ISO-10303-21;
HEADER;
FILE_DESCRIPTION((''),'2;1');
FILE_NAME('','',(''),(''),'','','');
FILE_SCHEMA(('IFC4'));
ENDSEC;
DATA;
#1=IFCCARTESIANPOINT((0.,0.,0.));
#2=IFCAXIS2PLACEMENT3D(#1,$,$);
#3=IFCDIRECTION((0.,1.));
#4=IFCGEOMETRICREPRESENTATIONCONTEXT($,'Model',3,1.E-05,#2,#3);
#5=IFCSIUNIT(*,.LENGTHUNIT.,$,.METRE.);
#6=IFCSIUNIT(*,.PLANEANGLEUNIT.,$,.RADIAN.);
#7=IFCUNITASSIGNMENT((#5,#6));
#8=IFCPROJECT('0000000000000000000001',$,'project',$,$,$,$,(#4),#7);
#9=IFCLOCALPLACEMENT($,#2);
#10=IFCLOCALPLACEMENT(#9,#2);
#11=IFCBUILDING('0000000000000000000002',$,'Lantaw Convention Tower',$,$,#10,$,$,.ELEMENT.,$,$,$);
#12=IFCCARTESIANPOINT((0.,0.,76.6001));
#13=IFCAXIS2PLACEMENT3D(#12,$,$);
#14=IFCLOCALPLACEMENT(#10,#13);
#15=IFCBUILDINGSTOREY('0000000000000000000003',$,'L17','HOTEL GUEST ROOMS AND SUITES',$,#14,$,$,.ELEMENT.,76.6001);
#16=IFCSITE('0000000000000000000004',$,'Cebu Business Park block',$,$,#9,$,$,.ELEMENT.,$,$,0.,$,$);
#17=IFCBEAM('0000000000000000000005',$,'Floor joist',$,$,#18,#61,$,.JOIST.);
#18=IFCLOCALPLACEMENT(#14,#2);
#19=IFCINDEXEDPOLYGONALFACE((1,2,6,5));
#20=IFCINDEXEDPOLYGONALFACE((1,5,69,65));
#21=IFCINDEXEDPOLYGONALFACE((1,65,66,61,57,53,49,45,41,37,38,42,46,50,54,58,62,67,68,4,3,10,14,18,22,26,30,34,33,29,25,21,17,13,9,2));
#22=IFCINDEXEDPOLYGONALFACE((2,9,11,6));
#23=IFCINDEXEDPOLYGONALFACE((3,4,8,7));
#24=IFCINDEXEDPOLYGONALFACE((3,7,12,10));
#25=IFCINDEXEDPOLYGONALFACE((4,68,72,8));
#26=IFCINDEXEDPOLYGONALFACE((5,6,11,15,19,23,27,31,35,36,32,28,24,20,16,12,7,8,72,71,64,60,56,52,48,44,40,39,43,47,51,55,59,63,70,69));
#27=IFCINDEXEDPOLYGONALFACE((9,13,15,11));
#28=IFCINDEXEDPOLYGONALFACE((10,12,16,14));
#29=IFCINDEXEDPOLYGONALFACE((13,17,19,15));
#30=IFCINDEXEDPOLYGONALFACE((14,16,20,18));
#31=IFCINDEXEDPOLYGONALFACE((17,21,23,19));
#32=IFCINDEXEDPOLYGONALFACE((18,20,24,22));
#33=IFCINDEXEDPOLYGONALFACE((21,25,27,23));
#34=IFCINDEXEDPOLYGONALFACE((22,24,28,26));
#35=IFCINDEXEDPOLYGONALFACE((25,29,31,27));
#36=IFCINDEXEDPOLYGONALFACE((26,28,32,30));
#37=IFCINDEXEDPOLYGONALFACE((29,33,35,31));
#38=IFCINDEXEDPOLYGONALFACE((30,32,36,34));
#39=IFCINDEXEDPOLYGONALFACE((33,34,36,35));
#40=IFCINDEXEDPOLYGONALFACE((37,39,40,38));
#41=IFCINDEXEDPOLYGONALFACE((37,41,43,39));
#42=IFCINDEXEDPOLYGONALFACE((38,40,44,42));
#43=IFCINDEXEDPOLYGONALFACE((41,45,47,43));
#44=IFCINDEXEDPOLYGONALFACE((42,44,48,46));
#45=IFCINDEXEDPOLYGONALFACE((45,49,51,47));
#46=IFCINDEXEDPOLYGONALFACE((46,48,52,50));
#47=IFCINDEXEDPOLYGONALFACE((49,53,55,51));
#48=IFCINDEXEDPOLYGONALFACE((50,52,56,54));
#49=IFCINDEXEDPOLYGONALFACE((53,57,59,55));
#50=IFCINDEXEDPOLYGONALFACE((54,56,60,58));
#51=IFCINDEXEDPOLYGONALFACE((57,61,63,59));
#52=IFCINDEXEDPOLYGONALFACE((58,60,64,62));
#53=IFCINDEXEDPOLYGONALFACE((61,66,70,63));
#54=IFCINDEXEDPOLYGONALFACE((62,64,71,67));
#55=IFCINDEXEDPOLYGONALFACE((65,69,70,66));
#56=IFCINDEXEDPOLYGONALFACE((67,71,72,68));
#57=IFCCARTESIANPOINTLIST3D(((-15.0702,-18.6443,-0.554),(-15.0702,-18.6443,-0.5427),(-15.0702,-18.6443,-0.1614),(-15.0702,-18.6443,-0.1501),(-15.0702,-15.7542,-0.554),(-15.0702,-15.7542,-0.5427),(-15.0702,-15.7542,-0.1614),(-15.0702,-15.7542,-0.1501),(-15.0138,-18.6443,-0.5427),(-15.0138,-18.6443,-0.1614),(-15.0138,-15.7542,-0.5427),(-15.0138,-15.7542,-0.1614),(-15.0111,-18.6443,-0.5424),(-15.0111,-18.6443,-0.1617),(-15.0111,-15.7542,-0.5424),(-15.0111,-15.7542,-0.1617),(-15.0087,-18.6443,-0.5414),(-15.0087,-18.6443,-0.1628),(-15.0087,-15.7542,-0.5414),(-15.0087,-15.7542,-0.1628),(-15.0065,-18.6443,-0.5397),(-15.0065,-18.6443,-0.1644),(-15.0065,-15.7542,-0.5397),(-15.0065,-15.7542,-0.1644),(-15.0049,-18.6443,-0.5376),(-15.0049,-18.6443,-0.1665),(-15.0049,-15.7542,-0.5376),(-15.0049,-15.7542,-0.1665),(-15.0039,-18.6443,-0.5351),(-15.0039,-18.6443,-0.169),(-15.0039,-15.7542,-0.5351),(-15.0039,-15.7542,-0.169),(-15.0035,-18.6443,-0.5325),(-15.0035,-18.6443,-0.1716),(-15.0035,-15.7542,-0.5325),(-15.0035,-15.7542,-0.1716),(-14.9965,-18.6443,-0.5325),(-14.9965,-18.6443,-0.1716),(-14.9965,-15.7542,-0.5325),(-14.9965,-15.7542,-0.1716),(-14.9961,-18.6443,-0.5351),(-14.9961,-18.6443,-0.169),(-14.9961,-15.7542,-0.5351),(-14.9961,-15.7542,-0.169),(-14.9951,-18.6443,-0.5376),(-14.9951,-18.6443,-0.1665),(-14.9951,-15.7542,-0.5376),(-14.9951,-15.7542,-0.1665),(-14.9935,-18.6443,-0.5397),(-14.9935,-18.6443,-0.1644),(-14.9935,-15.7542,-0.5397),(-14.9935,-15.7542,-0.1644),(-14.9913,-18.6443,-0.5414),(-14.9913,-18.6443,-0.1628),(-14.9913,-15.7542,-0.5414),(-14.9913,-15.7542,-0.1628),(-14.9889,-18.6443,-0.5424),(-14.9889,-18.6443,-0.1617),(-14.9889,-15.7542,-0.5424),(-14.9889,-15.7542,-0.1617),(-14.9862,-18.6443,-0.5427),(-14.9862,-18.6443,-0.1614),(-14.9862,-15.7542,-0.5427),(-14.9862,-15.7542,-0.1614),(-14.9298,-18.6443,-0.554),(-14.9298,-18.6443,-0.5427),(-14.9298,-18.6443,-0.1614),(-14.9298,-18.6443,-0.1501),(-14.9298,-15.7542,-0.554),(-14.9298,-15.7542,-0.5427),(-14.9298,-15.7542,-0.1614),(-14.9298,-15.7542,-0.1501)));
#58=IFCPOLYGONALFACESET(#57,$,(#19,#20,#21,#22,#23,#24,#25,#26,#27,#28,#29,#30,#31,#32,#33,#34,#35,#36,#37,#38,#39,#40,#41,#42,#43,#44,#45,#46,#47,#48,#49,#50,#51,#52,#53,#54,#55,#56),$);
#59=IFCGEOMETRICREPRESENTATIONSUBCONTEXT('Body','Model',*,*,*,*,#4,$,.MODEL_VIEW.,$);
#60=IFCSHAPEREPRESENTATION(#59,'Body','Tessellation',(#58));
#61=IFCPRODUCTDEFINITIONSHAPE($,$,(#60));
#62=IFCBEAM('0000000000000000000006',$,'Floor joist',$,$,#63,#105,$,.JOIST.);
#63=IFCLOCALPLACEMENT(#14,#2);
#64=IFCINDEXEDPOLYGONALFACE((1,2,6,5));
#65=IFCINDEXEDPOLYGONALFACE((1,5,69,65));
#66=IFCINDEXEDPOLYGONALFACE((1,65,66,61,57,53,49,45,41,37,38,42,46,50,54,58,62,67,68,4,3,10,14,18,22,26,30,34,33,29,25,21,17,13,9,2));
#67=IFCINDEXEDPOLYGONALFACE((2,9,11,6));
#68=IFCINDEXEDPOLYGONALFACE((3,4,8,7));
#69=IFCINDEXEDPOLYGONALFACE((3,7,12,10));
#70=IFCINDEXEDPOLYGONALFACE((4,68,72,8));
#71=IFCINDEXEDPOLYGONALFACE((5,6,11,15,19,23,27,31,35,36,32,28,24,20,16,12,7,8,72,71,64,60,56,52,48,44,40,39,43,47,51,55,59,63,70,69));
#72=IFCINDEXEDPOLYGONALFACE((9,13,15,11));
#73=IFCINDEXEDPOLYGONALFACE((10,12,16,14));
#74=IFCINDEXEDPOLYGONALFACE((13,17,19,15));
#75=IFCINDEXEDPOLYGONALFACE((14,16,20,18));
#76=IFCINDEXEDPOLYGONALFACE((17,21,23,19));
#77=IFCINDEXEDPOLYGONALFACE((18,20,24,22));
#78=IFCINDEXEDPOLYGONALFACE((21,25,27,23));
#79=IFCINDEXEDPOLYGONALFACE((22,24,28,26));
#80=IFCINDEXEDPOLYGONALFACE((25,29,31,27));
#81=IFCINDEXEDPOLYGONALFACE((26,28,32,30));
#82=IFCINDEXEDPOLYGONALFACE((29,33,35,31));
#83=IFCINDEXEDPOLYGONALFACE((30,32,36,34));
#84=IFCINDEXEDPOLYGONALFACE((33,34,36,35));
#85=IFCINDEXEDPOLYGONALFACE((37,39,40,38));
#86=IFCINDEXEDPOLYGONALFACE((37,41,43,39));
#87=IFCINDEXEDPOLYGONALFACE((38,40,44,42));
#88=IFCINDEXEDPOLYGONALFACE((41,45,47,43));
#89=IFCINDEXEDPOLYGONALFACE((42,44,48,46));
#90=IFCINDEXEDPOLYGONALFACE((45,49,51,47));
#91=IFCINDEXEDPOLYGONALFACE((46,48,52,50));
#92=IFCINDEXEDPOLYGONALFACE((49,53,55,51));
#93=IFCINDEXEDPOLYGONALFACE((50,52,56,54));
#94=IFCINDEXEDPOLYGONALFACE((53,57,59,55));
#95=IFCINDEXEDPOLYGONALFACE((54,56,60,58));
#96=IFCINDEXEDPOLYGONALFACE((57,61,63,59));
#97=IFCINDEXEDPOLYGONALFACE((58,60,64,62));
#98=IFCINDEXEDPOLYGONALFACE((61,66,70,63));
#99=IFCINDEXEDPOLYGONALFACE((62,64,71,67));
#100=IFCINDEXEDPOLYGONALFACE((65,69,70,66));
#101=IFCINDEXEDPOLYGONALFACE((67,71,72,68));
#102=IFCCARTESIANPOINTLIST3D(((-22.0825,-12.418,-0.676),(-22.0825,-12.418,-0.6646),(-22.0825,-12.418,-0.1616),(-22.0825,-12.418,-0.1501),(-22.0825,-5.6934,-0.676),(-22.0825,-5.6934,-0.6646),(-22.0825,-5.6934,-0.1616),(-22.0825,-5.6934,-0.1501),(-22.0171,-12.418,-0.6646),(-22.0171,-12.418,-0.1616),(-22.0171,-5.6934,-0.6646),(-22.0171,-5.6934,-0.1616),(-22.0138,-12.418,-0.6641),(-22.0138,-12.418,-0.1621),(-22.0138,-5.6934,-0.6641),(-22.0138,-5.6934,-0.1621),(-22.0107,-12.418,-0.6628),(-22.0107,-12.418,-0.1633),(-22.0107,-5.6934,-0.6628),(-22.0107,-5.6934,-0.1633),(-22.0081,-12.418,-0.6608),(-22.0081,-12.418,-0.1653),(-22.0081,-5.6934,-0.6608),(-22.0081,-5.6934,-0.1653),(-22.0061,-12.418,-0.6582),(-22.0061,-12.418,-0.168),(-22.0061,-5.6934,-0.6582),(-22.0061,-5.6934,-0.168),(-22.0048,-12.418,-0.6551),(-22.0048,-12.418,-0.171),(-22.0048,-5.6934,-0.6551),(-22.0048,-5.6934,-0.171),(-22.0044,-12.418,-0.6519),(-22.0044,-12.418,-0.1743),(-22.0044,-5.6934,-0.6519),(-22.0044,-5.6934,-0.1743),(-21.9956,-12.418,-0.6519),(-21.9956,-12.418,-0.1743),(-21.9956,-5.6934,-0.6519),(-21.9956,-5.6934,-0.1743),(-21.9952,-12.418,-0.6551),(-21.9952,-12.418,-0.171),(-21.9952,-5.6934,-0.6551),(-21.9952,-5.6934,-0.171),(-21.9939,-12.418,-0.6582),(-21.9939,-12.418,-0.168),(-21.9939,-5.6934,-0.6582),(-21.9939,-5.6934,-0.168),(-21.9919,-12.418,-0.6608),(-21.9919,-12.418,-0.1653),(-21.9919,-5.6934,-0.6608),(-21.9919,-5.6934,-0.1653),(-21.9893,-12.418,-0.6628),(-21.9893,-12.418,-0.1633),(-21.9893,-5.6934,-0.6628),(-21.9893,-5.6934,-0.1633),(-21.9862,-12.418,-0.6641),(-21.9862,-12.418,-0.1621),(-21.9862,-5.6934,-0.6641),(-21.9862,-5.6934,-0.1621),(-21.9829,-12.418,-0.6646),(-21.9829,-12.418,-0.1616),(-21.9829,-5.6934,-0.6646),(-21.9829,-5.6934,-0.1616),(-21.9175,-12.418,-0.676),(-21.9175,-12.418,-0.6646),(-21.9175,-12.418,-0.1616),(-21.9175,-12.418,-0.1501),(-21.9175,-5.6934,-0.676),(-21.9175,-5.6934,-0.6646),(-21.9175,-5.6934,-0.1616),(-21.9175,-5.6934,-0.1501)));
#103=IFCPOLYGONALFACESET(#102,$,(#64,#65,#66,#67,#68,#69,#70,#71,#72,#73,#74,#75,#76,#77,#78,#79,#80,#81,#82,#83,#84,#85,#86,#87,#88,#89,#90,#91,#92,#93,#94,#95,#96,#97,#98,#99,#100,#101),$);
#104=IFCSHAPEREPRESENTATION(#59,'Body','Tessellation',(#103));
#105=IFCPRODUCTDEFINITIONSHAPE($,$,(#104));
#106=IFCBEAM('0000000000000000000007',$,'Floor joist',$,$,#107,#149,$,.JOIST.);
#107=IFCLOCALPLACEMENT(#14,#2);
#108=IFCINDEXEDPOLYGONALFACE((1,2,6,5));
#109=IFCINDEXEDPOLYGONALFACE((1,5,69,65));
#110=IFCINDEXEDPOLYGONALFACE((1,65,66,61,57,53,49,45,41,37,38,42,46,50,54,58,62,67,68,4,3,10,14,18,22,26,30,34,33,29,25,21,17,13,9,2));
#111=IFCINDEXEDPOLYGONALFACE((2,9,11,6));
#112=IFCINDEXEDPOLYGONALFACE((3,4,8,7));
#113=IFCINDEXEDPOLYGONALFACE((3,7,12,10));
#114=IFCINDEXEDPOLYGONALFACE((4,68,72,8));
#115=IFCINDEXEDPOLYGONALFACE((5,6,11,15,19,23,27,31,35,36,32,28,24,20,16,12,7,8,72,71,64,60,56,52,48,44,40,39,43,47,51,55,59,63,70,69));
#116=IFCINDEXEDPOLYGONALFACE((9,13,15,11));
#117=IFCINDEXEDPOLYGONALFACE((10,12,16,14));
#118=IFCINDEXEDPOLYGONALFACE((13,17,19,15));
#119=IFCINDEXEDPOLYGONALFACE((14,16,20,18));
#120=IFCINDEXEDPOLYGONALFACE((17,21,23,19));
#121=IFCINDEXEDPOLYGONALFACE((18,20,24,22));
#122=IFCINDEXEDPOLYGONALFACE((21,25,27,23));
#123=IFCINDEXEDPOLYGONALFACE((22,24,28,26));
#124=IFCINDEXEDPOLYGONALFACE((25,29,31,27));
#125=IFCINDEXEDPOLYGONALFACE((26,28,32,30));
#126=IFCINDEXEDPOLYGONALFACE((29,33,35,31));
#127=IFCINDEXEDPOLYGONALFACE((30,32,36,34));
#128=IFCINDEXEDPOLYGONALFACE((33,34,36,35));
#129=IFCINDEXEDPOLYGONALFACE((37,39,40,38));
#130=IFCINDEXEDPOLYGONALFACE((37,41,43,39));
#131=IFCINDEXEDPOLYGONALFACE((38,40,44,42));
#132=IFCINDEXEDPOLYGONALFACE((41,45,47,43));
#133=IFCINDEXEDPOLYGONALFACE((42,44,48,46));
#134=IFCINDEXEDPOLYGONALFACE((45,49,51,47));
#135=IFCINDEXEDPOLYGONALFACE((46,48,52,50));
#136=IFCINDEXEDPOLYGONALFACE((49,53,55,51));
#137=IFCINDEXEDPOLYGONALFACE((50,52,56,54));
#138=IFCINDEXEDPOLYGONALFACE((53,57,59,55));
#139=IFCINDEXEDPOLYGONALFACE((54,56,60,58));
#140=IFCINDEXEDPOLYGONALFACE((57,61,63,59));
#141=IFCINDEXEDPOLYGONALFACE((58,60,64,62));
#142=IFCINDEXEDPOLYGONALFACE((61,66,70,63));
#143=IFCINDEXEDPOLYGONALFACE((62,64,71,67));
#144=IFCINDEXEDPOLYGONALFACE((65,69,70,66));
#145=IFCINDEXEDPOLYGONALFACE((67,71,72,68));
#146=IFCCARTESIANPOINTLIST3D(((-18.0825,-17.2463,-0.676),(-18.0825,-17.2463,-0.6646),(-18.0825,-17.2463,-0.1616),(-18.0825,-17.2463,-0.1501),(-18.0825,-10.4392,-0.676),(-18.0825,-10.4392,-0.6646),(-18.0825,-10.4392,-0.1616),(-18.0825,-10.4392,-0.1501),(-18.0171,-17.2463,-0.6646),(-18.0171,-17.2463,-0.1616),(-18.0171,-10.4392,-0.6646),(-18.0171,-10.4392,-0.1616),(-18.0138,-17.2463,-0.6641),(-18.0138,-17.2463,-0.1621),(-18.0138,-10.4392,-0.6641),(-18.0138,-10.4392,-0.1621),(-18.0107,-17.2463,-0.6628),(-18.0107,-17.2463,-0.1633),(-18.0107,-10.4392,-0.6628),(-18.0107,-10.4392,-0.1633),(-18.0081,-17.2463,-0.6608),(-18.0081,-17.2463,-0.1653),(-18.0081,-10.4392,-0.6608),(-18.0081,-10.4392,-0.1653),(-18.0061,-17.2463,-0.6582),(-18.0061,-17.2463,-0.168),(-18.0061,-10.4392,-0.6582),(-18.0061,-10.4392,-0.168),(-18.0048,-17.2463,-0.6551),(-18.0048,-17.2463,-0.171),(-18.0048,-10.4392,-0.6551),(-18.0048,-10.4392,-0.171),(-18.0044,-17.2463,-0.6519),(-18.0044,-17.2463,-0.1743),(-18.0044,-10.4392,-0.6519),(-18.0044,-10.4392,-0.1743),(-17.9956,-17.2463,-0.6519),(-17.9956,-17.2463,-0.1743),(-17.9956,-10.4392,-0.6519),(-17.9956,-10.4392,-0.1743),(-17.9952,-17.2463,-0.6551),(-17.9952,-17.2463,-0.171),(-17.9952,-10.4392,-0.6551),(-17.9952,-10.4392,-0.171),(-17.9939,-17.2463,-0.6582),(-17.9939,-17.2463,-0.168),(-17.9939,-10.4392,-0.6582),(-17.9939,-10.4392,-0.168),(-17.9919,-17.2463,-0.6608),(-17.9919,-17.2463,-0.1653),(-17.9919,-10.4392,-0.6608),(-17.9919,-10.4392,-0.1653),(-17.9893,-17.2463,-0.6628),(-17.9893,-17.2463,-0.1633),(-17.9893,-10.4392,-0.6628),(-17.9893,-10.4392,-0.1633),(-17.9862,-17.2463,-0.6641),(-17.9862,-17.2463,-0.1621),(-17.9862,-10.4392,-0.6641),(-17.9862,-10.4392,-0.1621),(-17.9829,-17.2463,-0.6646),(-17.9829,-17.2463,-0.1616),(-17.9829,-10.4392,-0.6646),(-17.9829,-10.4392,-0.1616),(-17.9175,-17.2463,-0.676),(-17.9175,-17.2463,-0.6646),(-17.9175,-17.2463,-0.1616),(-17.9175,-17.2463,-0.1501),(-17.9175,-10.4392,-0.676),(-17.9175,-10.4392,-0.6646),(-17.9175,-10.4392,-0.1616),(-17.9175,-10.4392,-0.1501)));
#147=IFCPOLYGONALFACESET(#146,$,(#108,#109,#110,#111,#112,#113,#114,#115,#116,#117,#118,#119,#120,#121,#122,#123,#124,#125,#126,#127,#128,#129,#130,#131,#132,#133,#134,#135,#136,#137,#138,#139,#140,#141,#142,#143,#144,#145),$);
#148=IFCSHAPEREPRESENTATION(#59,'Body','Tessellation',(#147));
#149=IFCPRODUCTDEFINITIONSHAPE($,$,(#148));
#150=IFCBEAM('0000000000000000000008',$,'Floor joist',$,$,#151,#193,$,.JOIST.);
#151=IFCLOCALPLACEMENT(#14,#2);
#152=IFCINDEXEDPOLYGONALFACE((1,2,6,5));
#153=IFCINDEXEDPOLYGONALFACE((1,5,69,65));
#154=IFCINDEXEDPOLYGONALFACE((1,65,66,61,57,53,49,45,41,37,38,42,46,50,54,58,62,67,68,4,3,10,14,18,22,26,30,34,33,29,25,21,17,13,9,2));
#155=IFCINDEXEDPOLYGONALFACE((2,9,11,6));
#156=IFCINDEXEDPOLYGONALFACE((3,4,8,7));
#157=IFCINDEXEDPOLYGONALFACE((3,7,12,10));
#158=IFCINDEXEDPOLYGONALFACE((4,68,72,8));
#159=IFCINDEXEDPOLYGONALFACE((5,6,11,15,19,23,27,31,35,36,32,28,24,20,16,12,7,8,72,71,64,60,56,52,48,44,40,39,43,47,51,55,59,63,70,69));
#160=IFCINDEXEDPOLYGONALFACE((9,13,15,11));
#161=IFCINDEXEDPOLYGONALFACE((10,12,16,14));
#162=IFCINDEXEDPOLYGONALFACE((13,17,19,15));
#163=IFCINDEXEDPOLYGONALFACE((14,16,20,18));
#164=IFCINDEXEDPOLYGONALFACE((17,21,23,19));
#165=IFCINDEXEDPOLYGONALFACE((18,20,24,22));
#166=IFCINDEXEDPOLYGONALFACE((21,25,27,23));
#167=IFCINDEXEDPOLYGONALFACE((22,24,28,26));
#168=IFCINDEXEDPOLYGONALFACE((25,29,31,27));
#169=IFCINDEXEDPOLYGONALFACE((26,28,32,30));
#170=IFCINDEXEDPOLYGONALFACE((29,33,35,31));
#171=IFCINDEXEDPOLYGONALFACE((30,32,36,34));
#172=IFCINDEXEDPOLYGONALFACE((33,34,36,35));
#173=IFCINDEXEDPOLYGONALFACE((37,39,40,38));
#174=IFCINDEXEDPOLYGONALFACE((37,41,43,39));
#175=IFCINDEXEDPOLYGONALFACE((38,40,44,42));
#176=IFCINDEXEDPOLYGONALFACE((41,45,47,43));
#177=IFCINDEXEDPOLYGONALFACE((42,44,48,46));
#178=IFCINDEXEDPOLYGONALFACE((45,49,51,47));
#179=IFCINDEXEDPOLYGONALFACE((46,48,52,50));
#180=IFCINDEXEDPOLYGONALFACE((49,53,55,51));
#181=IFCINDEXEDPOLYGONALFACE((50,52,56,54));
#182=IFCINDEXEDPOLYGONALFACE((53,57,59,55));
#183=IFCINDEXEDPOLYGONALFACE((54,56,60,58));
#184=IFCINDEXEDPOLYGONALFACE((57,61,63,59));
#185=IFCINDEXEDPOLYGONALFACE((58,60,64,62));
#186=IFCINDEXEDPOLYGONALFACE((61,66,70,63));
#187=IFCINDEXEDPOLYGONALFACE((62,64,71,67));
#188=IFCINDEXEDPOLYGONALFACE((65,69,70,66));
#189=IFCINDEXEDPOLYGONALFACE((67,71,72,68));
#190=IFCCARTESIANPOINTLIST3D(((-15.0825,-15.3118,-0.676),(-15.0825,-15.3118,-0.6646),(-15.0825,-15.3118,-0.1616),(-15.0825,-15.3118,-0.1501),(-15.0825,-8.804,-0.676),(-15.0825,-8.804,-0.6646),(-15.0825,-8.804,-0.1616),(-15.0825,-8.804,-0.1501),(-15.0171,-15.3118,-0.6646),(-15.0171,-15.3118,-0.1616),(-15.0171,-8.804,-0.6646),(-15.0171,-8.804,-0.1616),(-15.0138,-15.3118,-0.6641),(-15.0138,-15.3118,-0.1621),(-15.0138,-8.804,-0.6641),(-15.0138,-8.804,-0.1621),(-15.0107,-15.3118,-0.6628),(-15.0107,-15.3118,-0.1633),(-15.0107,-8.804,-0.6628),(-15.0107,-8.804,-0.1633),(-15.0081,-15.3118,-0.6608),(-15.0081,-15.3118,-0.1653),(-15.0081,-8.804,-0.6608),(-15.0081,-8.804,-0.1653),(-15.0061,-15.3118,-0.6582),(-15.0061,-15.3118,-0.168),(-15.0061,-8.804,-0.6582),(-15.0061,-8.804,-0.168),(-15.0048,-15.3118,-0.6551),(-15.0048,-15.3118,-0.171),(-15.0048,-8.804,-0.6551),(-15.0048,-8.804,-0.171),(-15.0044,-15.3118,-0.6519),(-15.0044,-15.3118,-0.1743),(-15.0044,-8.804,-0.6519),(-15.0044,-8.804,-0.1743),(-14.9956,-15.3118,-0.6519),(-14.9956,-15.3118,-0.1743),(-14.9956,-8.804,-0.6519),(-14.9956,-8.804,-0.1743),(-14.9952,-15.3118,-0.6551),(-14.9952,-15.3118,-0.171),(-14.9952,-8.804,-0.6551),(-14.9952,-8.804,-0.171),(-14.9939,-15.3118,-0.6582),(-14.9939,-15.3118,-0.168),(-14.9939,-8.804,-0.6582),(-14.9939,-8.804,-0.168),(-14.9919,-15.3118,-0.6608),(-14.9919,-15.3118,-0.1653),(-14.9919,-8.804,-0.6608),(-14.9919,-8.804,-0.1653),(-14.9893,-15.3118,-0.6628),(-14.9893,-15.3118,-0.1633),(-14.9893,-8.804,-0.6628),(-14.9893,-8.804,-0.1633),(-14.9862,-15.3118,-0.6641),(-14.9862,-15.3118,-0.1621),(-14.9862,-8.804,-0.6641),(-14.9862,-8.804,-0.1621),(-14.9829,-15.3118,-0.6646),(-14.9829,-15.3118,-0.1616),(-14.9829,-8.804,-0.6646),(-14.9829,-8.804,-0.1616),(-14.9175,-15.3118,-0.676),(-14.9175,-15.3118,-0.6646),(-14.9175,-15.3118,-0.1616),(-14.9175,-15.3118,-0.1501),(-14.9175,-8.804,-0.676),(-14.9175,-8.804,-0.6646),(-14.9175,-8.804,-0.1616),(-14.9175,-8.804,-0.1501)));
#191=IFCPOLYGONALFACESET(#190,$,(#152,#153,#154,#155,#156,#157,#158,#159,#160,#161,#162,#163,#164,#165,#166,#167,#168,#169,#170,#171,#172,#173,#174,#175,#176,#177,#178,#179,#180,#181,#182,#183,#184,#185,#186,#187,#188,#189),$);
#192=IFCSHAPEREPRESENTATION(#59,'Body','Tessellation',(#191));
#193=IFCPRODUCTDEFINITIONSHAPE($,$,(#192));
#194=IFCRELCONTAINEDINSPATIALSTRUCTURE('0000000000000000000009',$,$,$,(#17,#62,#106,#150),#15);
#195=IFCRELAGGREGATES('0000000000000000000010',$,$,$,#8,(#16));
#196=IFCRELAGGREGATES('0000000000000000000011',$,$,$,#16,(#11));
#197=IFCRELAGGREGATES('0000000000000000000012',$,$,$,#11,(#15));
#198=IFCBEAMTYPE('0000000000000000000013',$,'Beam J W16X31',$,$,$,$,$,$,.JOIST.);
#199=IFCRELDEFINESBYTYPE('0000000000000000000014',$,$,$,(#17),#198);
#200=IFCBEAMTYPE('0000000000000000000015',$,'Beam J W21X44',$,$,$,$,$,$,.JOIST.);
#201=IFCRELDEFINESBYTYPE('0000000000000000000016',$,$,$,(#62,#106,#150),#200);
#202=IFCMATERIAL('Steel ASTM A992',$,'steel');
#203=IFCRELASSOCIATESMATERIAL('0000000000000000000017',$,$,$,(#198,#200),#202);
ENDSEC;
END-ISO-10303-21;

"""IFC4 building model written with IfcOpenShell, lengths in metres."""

from ifc_helpers import new_model, si_unit, direction, frame, origin, origin_2d, place, context, subcontext, project, spatial, i_section, extrude, material, material_profile, profile_set, type_object, element, save


model = new_model("IFC4")

# Units and contexts
model_context = context("Model", 3, precision=1e-05, world=origin(), true_north=direction((0.0, 1.0)))
body_context = subcontext(model_context, "Body", "Model", "MODEL_VIEW")
ifc_project = project(units=[si_unit("LENGTHUNIT", "METRE"), si_unit("PLANEANGLEUNIT", "RADIAN")], contexts=[model_context])

# Site, building, storey
site_placement = place(None, origin())
site = spatial("IfcSite", under=ifc_project, at=site_placement, Name="Cebu Business Park block", CompositionType="ELEMENT", RefElevation=0.0)
building_placement = place(site_placement, origin())
building = spatial("IfcBuilding", under=site, at=building_placement, Name="Lantaw Convention Tower", CompositionType="ELEMENT")
storey_placement = place(building_placement, frame((0.0, 0.0, 76.6001)))
storey = spatial("IfcBuildingStorey", under=building, at=storey_placement, Name="L17", Description="HOTEL GUEST ROOMS AND SUITES", CompositionType="ELEMENT", Elevation=76.6001)

# Beams
ifc_material_1 = material(Name="Steel ASTM A992", Category="steel")
ifc_material_profile_1 = material_profile(ifc_material_1, i_section(OverallWidth=0.1404, OverallDepth=0.4038, WebThickness=0.0071, FlangeThickness=0.0112, FilletRadius=0.0103, at=origin_2d()), Name="W16X31")
ifc_profile_set_1 = profile_set([ifc_material_profile_1], Name="Steel ASTM A992")
beam_type_1 = type_object("IfcBeamType", Name="Beam J W16X31", PredefinedType="JOIST", material=ifc_profile_set_1)
beam_1_placement = place(storey_placement, frame((-15.0, -18.6443, -0.3521), z_axis=(0.0, 1.0, 0.0), x_axis=(-1.0, 0.0, 0.0)))
element("IfcBeam", 1, at=beam_1_placement, inside=storey, type_object=beam_type_1, Name="Floor joist", PredefinedType="JOIST", context=body_context, shape_type="SweptSolid", body=[
    extrude(i_section(OverallWidth=0.1404, OverallDepth=0.4038, WebThickness=0.0071, FlangeThickness=0.0112, FilletRadius=0.0103, at=origin_2d()), origin(), (0.0, 0.0, 1.0), 2.8901),
])
ifc_material_profile_2 = material_profile(ifc_material_1, i_section(OverallWidth=0.165, OverallDepth=0.5259, WebThickness=0.0088, FlangeThickness=0.0115, FilletRadius=0.0127, at=origin_2d()), Name="W21X44")
ifc_profile_set_2 = profile_set([ifc_material_profile_2], Name="Steel ASTM A992")
beam_type_2 = type_object("IfcBeamType", Name="Beam J W21X44", PredefinedType="JOIST", material=ifc_profile_set_2)
beam_2_placement = place(storey_placement, frame((-22.0, -12.418, -0.4131), z_axis=(0.0, 1.0, 0.0), x_axis=(-1.0, 0.0, 0.0)))
element("IfcBeam", 2, at=beam_2_placement, inside=storey, type_object=beam_type_2, Name="Floor joist", PredefinedType="JOIST", context=body_context, shape_type="SweptSolid", body=[
    extrude(i_section(OverallWidth=0.165, OverallDepth=0.5259, WebThickness=0.0088, FlangeThickness=0.0115, FilletRadius=0.0127, at=origin_2d()), origin(), (0.0, 0.0, 1.0), 6.7246),
])
beam_3_placement = place(storey_placement, frame((-18.0, -17.2463, -0.4131), z_axis=(0.0, 1.0, 0.0), x_axis=(-1.0, 0.0, 0.0)))
element("IfcBeam", 3, at=beam_3_placement, inside=storey, type_object=beam_type_2, Name="Floor joist", PredefinedType="JOIST", context=body_context, shape_type="SweptSolid", body=[
    extrude(i_section(OverallWidth=0.165, OverallDepth=0.5259, WebThickness=0.0088, FlangeThickness=0.0115, FilletRadius=0.0127, at=origin_2d()), origin(), (0.0, 0.0, 1.0), 6.8071),
])
beam_4_placement = place(storey_placement, frame((-15.0, -15.3118, -0.4131), z_axis=(0.0, 1.0, 0.0), x_axis=(-1.0, 0.0, 0.0)))
element("IfcBeam", 4, at=beam_4_placement, inside=storey, type_object=beam_type_2, Name="Floor joist", PredefinedType="JOIST", context=body_context, shape_type="SweptSolid", body=[
    extrude(i_section(OverallWidth=0.165, OverallDepth=0.5259, WebThickness=0.0088, FlangeThickness=0.0115, FilletRadius=0.0127, at=origin_2d()), origin(), (0.0, 0.0, 1.0), 6.5078),
])

save(model, "model.ifc")
